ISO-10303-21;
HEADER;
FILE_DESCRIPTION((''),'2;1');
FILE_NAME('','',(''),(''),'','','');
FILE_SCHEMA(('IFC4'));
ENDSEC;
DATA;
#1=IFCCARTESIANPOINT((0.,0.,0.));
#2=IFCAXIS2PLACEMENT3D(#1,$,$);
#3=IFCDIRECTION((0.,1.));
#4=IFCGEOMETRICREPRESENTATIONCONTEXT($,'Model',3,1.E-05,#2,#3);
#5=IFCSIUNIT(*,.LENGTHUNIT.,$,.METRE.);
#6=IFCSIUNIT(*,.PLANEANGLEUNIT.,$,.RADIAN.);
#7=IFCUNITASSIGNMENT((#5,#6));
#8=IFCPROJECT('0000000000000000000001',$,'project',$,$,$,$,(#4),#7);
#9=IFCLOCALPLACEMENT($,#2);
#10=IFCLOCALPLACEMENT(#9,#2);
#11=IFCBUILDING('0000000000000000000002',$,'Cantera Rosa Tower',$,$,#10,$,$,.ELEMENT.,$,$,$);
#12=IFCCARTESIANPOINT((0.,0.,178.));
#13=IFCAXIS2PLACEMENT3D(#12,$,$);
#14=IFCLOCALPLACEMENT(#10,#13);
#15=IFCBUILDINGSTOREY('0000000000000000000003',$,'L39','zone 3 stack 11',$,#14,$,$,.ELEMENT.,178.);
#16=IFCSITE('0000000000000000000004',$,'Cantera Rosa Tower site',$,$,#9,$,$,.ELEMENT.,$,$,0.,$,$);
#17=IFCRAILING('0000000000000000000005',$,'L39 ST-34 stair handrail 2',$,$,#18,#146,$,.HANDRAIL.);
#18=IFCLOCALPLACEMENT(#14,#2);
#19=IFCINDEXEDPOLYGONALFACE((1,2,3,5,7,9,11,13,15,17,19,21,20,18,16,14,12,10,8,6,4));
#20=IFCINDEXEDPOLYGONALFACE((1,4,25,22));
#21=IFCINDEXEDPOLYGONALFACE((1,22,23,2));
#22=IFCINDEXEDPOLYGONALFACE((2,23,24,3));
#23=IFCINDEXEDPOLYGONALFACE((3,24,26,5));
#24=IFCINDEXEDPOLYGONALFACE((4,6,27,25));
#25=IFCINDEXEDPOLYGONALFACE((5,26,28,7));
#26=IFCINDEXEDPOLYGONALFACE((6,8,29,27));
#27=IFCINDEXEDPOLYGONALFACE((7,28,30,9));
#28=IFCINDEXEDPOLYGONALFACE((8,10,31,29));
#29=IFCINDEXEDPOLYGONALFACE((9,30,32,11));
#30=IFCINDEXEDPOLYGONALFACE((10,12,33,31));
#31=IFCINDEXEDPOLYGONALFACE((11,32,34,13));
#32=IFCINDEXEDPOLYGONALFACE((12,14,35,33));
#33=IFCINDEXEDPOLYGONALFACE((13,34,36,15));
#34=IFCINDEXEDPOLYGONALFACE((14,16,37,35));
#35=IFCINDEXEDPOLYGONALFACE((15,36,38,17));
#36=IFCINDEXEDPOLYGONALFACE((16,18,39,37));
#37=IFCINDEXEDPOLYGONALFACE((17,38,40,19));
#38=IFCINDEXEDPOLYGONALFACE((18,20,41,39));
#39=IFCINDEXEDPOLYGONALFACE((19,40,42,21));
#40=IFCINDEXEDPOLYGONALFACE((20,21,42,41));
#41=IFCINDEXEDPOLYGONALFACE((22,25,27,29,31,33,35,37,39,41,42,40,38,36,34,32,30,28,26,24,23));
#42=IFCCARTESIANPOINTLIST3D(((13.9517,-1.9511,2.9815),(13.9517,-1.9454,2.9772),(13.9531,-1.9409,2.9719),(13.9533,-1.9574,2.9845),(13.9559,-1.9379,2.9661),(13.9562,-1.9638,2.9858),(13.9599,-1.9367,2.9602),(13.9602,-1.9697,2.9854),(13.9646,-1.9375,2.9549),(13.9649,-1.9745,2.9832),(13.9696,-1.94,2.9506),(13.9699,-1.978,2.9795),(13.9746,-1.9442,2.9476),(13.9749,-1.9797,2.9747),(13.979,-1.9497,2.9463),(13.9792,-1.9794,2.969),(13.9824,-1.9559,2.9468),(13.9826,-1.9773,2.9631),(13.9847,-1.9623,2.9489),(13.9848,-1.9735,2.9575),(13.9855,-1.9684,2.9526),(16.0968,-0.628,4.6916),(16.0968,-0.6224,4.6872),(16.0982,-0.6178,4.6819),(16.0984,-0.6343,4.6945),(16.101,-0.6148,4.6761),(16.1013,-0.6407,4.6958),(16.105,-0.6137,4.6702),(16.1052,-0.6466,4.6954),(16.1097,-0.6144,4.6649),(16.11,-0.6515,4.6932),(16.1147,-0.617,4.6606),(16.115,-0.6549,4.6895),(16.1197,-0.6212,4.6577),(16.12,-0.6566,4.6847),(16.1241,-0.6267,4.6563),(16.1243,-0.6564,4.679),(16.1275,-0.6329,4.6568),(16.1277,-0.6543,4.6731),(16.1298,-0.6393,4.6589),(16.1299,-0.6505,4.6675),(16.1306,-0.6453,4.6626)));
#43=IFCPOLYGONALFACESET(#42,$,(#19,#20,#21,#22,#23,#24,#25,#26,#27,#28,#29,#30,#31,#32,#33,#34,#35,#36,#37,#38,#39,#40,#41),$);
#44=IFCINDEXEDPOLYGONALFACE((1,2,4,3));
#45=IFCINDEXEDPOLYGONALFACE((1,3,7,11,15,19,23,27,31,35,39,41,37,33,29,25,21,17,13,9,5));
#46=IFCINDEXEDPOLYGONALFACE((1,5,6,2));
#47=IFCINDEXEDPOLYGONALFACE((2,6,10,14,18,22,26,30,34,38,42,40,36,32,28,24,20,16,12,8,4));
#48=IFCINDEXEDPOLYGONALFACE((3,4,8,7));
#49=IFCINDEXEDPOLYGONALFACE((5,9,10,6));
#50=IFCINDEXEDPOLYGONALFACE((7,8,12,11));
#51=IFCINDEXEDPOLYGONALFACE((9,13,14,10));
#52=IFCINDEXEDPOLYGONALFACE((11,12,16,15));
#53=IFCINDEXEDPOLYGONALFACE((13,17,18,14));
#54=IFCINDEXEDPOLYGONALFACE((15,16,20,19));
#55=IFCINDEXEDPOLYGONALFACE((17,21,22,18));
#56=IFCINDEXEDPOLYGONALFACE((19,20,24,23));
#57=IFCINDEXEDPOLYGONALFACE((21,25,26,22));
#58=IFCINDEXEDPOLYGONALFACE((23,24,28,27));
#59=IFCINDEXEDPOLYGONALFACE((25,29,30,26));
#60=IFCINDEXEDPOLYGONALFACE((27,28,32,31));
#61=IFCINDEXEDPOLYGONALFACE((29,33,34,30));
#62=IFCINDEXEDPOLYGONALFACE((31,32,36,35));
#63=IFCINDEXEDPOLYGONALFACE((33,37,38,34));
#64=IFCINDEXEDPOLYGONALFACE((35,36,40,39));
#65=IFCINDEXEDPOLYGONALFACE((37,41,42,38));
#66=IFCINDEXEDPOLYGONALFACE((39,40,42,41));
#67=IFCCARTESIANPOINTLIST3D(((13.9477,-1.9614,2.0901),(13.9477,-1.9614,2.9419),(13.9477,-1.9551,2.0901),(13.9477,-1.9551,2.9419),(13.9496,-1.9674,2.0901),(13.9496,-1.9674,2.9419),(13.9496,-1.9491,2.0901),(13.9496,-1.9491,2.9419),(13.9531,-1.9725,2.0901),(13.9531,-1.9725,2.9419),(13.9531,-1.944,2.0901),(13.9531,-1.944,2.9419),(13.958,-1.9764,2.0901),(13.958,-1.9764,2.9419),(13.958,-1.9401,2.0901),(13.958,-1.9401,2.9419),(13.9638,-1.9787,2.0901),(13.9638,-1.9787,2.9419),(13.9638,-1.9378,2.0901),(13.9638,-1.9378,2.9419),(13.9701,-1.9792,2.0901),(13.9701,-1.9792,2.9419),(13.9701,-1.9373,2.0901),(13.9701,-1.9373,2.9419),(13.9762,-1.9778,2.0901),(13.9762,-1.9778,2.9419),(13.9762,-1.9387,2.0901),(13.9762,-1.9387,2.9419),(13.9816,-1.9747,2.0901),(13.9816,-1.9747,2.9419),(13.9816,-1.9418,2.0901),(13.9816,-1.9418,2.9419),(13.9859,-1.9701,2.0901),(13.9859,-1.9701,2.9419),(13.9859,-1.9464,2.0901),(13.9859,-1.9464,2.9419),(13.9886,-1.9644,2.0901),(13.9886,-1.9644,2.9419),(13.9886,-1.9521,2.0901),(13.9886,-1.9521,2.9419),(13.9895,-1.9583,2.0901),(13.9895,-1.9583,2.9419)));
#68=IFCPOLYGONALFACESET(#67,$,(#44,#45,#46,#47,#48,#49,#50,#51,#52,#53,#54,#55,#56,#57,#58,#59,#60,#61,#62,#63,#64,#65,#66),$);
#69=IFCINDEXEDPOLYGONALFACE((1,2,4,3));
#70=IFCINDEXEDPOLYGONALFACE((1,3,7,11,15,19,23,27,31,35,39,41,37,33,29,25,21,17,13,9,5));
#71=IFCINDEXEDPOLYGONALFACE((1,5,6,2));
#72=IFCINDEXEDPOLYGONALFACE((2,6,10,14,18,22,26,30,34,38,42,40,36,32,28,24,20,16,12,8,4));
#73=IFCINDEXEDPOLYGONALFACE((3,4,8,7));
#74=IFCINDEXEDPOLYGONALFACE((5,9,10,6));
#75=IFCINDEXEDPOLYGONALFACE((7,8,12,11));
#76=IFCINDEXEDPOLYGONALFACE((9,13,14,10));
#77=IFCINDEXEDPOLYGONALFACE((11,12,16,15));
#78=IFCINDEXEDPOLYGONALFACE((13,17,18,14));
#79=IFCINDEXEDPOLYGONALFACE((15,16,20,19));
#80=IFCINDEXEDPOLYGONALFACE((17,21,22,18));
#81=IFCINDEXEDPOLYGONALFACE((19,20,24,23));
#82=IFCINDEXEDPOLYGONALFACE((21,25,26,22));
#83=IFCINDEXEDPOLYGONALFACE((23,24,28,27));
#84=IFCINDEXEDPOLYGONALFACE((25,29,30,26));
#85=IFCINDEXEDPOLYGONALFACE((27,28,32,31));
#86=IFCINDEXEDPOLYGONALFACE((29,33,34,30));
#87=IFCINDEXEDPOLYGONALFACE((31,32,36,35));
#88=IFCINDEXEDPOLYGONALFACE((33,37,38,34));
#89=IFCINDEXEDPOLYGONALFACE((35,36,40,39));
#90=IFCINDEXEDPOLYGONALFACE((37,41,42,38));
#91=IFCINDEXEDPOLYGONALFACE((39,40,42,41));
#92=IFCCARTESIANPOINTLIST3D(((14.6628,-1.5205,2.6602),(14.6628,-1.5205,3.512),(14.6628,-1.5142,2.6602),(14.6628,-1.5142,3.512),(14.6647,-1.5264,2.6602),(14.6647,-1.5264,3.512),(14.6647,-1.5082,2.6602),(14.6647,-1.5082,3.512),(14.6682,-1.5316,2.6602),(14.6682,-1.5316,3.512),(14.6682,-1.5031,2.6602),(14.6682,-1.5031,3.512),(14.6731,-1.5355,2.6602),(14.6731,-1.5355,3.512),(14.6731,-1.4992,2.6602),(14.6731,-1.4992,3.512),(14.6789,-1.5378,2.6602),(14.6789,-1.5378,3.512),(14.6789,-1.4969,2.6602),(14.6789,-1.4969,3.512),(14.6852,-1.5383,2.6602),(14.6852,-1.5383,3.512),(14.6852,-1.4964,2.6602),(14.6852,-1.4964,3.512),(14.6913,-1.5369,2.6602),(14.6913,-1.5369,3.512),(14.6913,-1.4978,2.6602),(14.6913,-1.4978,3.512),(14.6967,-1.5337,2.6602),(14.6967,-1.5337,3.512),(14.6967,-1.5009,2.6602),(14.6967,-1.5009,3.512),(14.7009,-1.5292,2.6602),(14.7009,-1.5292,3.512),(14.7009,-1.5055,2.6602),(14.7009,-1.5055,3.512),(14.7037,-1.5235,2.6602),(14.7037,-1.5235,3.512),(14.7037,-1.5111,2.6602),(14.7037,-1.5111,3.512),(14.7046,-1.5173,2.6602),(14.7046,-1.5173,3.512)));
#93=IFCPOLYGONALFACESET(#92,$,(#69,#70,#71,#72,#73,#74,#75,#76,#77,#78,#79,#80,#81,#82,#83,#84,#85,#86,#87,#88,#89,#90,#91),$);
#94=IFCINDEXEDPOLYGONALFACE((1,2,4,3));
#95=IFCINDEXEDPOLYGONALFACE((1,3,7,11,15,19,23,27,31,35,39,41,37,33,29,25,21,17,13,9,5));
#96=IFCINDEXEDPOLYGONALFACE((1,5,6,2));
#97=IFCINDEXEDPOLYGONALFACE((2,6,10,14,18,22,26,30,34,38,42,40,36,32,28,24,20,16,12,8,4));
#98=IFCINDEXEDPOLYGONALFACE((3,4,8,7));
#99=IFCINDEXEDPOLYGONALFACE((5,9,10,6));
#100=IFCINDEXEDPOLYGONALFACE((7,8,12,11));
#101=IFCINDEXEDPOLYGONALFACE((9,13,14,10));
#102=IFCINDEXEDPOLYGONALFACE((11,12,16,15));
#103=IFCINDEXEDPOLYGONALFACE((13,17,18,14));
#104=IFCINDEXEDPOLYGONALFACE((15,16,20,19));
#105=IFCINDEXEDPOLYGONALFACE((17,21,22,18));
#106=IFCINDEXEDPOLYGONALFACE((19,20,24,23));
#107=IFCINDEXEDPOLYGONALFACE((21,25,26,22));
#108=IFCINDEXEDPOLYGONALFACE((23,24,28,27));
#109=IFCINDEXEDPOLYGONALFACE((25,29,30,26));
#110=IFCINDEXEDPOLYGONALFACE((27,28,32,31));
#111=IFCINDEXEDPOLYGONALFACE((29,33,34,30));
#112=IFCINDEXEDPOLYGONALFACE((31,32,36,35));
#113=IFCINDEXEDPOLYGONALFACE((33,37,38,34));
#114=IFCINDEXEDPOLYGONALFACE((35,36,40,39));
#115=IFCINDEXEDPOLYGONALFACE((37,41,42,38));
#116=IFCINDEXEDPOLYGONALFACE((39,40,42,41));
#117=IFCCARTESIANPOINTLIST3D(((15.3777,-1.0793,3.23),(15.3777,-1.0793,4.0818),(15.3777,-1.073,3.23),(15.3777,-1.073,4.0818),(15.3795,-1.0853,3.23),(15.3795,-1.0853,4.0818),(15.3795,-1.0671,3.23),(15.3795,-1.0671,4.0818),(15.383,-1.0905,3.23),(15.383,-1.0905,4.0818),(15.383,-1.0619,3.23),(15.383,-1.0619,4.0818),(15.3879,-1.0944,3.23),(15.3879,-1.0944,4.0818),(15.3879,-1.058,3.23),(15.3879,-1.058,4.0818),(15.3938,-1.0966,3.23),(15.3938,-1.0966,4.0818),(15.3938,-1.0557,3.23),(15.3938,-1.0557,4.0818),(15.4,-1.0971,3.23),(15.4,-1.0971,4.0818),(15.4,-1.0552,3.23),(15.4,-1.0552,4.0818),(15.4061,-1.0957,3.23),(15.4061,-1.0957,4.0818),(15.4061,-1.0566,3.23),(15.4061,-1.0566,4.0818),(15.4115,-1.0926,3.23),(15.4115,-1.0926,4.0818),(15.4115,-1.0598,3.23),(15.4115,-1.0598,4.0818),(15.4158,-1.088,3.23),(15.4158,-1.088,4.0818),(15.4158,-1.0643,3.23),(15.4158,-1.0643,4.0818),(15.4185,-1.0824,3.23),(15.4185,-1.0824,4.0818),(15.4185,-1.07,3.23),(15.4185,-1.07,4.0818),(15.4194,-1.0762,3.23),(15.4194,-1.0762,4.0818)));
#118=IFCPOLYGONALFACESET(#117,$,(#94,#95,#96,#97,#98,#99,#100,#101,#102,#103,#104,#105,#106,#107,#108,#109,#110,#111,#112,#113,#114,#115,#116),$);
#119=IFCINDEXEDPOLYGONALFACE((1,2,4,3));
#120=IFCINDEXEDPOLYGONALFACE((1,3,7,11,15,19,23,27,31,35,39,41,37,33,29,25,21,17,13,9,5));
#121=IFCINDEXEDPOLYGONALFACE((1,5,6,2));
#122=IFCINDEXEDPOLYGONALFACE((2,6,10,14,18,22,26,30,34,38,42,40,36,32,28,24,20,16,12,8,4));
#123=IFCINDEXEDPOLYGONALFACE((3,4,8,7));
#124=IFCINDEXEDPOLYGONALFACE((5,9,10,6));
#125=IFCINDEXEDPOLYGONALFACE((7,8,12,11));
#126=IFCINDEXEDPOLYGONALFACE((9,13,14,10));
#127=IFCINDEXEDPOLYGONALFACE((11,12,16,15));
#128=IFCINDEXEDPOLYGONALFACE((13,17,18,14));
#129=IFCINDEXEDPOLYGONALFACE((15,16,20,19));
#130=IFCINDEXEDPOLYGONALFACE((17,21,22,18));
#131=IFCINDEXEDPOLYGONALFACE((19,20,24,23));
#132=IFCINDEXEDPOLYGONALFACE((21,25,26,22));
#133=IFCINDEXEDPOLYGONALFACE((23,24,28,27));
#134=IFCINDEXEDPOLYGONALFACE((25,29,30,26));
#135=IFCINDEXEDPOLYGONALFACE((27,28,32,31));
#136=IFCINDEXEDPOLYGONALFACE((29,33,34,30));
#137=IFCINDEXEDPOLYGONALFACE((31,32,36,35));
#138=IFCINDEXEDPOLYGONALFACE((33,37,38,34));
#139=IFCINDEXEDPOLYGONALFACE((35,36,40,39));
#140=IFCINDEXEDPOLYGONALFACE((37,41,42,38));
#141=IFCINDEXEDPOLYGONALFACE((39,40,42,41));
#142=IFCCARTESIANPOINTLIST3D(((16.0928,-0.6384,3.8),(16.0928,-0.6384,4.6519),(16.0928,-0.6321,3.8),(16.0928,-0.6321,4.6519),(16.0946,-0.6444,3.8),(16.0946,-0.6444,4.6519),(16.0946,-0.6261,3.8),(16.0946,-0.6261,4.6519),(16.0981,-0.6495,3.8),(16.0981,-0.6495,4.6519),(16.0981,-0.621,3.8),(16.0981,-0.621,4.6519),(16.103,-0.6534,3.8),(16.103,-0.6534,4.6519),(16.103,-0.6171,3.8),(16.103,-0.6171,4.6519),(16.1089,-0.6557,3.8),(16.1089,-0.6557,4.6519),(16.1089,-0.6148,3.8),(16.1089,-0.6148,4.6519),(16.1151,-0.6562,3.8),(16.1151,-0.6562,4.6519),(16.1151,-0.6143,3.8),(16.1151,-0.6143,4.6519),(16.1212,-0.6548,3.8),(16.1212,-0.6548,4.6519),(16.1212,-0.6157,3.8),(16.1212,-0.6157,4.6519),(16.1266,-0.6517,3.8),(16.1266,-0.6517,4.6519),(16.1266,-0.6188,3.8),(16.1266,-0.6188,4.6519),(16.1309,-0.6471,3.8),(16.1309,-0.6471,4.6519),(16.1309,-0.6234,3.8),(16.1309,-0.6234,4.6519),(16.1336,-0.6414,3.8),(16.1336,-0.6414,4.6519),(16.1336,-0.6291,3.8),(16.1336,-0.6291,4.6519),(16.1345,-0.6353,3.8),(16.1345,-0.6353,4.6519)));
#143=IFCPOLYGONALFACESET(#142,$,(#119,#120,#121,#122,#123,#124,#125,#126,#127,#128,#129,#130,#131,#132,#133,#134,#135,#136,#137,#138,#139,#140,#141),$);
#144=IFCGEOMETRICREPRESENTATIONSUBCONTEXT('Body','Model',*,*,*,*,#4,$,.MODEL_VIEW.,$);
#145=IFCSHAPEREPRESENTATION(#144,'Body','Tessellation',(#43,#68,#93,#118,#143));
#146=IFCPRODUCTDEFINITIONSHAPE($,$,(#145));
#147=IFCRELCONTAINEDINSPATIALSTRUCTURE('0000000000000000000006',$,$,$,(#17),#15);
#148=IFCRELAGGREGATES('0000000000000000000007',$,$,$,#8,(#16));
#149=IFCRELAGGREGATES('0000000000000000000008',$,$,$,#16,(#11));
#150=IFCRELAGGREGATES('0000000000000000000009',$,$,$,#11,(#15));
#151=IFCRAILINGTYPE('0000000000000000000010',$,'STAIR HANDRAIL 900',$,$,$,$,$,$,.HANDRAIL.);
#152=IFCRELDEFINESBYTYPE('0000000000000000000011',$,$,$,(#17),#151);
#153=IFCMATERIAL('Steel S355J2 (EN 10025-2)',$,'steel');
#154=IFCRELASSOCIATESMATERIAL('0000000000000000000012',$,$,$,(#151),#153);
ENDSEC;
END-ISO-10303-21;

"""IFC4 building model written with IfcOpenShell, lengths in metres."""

from ifc_helpers import new_model, si_unit, direction, frame, origin, origin_2d, place, context, subcontext, project, spatial, circle, extrude, material, type_object, element, save


model = new_model("IFC4")

# Units and contexts
model_context = context("Model", 3, precision=1e-05, world=origin(), true_north=direction((0.0, 1.0)))
body_context = subcontext(model_context, "Body", "Model", "MODEL_VIEW")
ifc_project = project(units=[si_unit("LENGTHUNIT", "METRE"), si_unit("PLANEANGLEUNIT", "RADIAN")], contexts=[model_context])

# Site, building, storey
site_placement = place(None, origin())
site = spatial("IfcSite", under=ifc_project, at=site_placement, Name="Cantera Rosa Tower site", CompositionType="ELEMENT", RefElevation=0.0)
building_placement = place(site_placement, origin())
building = spatial("IfcBuilding", under=site, at=building_placement, Name="Cantera Rosa Tower", CompositionType="ELEMENT")
storey_placement = place(building_placement, frame((0.0, 0.0, 178.0)))
storey = spatial("IfcBuildingStorey", under=building, at=storey_placement, Name="L39", Description="zone 3 stack 11", CompositionType="ELEMENT", Elevation=178.0)

# Railing
ifc_material_1 = material(Name="Steel S355J2 (EN 10025-2)", Category="steel")
railing_type_1 = type_object("IfcRailingType", Name="STAIR HANDRAIL 900", PredefinedType="HANDRAIL", material=ifc_material_1)
railing_1_placement = place(storey_placement, frame((13.9685, -1.9583, 2.0901)))
element("IfcRailing", 1, at=railing_1_placement, inside=storey, type_object=railing_type_1, Name="L39 ST-34 stair handrail 2", PredefinedType="HANDRAIL", context=body_context, shape_type="SweptSolid", body=[
    extrude(circle(Radius=0.0239, at=origin_2d()), frame((0.0, 0.0, 0.876), z_axis=(0.704312, 0.434403, 0.561461), x_axis=(-0.524957, 0.851129, 0.0)), (0.0, 0.0, 1.0), 3.0457),
    extrude(circle(Radius=0.021, at=origin_2d()), origin(), (0.0, 0.0, 1.0), 0.8518),
    extrude(circle(Radius=0.021, at=origin_2d()), frame((0.7151, 0.4409, 0.5701)), (0.0, 0.0, 1.0), 0.8518),
    extrude(circle(Radius=0.021, at=origin_2d()), frame((1.4299, 0.8821, 1.1399)), (0.0, 0.0, 1.0), 0.8518),
    extrude(circle(Radius=0.021, at=origin_2d()), frame((2.145, 1.323, 1.71)), (0.0, 0.0, 1.0), 0.8518),
])

save(model, "model.ifc")
